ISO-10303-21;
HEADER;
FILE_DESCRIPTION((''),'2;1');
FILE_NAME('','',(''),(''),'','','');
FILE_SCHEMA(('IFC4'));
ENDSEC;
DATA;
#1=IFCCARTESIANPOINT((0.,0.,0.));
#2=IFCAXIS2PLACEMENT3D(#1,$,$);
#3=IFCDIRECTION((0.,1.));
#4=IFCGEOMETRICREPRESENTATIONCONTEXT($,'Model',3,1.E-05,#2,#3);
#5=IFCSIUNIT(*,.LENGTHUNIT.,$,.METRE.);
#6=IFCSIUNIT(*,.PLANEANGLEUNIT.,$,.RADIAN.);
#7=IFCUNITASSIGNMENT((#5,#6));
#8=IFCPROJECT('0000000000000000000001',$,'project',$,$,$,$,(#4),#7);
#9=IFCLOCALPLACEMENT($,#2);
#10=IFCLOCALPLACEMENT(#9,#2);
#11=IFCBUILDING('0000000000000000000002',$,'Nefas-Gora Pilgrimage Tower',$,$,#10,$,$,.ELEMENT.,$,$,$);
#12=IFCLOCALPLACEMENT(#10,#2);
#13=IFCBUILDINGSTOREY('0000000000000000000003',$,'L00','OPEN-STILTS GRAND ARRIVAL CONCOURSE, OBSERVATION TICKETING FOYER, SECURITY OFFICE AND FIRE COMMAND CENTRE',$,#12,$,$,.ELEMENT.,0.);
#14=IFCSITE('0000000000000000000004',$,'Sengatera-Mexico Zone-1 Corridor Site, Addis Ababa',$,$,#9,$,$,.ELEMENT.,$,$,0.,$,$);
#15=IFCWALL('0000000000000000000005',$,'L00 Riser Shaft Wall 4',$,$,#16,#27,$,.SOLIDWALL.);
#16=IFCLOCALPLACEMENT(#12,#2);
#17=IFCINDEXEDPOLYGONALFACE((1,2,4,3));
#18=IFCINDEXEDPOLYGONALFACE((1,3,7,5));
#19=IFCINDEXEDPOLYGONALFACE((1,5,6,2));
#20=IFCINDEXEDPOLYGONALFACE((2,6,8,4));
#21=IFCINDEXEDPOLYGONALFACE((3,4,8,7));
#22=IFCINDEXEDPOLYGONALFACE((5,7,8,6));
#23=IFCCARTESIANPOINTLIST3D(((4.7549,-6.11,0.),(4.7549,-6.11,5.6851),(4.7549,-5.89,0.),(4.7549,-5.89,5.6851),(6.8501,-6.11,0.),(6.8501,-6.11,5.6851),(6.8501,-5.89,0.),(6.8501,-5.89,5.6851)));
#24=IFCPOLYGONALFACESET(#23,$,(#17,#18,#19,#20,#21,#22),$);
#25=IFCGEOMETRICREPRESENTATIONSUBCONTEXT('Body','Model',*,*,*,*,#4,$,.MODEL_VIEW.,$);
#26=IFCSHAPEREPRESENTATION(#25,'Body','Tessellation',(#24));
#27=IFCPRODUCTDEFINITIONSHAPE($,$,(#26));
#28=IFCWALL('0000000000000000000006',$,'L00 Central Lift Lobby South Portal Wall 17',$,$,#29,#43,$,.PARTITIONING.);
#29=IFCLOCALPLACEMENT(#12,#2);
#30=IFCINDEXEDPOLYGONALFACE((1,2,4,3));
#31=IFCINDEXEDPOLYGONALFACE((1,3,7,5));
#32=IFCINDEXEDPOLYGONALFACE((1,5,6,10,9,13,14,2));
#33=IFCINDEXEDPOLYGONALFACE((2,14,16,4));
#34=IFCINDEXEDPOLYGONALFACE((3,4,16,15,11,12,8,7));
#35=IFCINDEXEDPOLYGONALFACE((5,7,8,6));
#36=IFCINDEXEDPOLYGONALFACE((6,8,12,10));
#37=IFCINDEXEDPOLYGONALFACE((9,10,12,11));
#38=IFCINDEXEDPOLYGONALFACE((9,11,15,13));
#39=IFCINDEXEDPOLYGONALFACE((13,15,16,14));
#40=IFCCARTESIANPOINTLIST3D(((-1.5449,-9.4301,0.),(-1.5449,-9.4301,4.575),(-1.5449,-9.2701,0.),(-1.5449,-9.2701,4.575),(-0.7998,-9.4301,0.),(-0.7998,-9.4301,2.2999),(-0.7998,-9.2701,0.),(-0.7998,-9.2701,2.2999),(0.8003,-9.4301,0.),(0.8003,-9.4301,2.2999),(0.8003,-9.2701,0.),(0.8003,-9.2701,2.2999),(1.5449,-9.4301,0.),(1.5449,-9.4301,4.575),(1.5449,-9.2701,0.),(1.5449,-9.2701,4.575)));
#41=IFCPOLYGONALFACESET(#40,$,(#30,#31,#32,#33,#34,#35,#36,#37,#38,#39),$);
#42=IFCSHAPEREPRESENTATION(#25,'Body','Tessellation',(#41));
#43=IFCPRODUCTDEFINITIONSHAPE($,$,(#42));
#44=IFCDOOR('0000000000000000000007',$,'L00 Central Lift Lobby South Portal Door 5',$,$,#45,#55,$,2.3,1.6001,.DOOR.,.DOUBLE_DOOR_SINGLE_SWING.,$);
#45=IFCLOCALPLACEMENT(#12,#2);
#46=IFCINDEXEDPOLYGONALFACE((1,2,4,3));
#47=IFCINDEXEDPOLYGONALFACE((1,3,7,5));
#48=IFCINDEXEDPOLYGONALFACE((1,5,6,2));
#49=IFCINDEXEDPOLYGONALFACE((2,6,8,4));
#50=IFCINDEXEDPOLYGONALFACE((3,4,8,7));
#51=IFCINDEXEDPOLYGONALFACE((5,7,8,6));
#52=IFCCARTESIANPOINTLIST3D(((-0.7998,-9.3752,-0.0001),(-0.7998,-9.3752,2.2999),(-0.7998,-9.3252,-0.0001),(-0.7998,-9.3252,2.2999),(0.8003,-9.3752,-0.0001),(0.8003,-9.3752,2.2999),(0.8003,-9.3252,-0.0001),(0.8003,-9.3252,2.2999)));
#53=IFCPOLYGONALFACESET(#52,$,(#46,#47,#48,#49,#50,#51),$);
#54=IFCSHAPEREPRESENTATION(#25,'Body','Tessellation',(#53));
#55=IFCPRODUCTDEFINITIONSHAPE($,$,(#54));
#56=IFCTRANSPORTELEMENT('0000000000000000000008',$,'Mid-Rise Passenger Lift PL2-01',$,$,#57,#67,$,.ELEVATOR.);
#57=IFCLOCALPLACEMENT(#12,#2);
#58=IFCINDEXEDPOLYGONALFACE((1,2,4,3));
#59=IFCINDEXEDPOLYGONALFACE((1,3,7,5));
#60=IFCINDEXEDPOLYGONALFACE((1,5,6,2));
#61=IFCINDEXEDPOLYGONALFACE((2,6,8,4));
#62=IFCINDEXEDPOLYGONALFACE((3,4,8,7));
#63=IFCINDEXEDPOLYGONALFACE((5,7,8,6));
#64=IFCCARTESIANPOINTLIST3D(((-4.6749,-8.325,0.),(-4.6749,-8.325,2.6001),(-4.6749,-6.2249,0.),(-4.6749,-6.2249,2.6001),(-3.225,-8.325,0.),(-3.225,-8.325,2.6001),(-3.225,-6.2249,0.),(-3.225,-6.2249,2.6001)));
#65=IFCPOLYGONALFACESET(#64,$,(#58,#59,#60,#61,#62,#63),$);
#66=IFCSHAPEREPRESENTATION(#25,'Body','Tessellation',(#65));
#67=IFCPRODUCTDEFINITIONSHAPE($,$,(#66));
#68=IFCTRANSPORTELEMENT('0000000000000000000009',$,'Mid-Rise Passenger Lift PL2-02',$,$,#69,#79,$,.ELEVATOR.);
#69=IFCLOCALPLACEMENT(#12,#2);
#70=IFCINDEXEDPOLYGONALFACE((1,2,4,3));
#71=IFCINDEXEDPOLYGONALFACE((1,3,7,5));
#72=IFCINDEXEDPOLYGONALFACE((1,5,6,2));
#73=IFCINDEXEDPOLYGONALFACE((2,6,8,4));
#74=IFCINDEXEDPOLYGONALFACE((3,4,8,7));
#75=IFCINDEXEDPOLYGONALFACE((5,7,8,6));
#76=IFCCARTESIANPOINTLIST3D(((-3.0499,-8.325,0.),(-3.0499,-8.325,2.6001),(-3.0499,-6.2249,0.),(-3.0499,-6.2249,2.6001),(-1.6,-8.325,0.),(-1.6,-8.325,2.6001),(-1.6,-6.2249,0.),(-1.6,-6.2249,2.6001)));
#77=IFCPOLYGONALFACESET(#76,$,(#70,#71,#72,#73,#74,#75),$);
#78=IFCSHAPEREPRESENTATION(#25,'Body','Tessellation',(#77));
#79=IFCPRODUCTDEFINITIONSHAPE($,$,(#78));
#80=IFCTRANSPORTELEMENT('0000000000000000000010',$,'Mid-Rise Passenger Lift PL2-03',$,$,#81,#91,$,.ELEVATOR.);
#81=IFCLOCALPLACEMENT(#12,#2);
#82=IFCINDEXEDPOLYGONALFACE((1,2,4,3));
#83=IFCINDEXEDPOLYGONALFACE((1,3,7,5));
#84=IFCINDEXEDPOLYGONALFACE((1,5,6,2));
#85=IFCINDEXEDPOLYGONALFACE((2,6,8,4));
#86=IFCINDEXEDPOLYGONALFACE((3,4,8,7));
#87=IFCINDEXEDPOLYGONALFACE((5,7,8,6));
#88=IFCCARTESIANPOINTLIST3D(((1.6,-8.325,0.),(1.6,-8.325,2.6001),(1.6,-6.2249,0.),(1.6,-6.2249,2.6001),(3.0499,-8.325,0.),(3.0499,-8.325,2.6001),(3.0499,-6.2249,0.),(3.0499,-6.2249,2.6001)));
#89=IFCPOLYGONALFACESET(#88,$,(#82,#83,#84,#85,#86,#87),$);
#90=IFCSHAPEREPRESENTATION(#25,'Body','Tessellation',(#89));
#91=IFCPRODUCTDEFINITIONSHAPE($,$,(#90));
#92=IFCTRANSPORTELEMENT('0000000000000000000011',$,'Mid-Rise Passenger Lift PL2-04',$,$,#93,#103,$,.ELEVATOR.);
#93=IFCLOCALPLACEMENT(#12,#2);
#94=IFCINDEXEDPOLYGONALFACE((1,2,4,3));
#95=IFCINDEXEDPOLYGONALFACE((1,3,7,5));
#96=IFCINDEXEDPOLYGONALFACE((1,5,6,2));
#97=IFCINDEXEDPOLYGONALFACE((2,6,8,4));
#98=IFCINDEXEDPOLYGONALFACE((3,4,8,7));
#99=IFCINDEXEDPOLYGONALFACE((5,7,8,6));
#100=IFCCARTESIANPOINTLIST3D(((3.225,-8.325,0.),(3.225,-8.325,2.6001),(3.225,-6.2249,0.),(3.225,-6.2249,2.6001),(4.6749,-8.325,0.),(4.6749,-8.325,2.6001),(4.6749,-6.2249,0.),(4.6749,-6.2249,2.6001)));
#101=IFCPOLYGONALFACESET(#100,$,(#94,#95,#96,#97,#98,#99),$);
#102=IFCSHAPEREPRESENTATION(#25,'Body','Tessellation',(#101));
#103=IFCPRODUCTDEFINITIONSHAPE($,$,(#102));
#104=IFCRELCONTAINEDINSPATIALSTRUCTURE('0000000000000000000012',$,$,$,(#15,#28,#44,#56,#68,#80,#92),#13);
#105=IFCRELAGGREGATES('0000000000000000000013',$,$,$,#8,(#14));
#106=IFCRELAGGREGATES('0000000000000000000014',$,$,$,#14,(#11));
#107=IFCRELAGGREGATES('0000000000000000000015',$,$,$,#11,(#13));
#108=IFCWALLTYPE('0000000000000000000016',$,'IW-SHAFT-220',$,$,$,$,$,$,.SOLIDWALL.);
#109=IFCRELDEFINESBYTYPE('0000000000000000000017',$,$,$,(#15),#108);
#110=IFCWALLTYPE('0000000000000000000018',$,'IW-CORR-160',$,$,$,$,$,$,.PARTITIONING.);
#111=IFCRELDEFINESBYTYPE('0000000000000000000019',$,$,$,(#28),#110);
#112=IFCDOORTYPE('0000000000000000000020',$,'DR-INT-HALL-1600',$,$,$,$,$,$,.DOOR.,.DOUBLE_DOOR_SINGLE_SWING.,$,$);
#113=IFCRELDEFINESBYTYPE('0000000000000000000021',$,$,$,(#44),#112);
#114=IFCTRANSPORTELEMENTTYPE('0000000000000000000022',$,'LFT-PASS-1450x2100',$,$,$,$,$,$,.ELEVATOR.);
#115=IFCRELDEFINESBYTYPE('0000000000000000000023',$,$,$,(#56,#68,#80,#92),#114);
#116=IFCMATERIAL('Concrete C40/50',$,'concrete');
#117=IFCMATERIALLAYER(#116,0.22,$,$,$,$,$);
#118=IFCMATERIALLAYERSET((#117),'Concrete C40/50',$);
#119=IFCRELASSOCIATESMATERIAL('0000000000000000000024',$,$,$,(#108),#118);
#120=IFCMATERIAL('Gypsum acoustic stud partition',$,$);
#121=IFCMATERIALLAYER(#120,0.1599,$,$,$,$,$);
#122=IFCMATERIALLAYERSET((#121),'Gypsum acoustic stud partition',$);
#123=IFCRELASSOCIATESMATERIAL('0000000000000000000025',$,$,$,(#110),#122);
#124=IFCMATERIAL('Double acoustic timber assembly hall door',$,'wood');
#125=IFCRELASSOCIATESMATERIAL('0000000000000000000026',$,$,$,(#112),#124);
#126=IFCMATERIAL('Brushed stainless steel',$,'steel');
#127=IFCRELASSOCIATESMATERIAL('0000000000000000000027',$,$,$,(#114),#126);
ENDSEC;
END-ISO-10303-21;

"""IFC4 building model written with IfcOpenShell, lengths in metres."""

from ifc_helpers import new_model, si_unit, direction, frame, frame_2d, origin, origin_2d, place, context, subcontext, project, spatial, rectangle, extrude, source, transform, mapped, material, layer, layer_set, type_object, element, fill, save


model = new_model("IFC4")

# Units and contexts
model_context = context("Model", 3, precision=1e-05, world=origin(), true_north=direction((0.0, 1.0)))
body_context = subcontext(model_context, "Body", "Model", "MODEL_VIEW")
ifc_project = project(units=[si_unit("LENGTHUNIT", "METRE"), si_unit("PLANEANGLEUNIT", "RADIAN")], contexts=[model_context])

# Site, building, storey
site_placement = place(None, origin())
site = spatial("IfcSite", under=ifc_project, at=site_placement, Name="Sengatera-Mexico Zone-1 Corridor Site, Addis Ababa", CompositionType="ELEMENT", RefElevation=0.0)
building_placement = place(site_placement, origin())
building = spatial("IfcBuilding", under=site, at=building_placement, Name="Nefas-Gora Pilgrimage Tower", CompositionType="ELEMENT")
storey_placement = place(building_placement, origin())
storey = spatial("IfcBuildingStorey", under=building, at=storey_placement, Name="L00", Description="OPEN-STILTS GRAND ARRIVAL CONCOURSE, OBSERVATION TICKETING FOYER, SECURITY OFFICE AND FIRE COMMAND CENTRE", CompositionType="ELEMENT", Elevation=0.0)

# Shared definitions
ifc_material_1 = material(Name="Concrete C40/50", Category="concrete")
ifc_layer_1 = layer(ifc_material_1, 0.22)
ifc_layer_set_1 = layer_set([ifc_layer_1], Name="Concrete C40/50")
wall_type_1 = type_object("IfcWallType", Name="IW-SHAFT-220", PredefinedType="SOLIDWALL", material=ifc_layer_set_1)

# Wall
shared_shape_1 = source(origin(), body_context, "Body", "SweptSolid", [
    extrude(rectangle(XDim=2.0952, YDim=0.22, at=frame_2d((1.0476, 0.0))), origin(), (0.0, 0.0, 1.0), 5.6851),
])
wall_1_placement = place(storey_placement, frame((4.7549, -6.0, 0.0), z_axis=(0.0, 0.0, 1.0), x_axis=(1.0, 0.0, 0.0)))
element("IfcWall", 1, at=wall_1_placement, inside=storey, type_object=wall_type_1, Name="L00 Riser Shaft Wall 4", PredefinedType="SOLIDWALL", context=body_context, shape_type="MappedRepresentation", body=[
    mapped(shared_shape_1, transform((0.0, 0.0, 0.0), x_axis=(1.0, 0.0, 0.0), y_axis=(0.0, 1.0, 0.0), z_axis=(0.0, 0.0, 1.0), scale=1.0)),
])

# Wall, opening, door
ifc_material_2 = material(Name="Gypsum acoustic stud partition")
ifc_layer_2 = layer(ifc_material_2, 0.1599)
ifc_layer_set_2 = layer_set([ifc_layer_2], Name="Gypsum acoustic stud partition")
wall_type_2 = type_object("IfcWallType", Name="IW-CORR-160", PredefinedType="PARTITIONING", material=ifc_layer_set_2)
shared_shape_2 = source(origin(), body_context, "Body", "SweptSolid", [
    extrude(rectangle(XDim=3.0898, YDim=0.1599, at=frame_2d((1.5449, 0.0))), origin(), (0.0, 0.0, 1.0), 4.575),
])
wall_2_placement = place(storey_placement, frame((-1.5449, -9.3501, 0.0), z_axis=(0.0, 0.0, 1.0), x_axis=(1.0, 0.0, 0.0)))
wall_2 = element("IfcWall", 2, at=wall_2_placement, inside=storey, type_object=wall_type_2, Name="L00 Central Lift Lobby South Portal Wall 17", PredefinedType="PARTITIONING", context=body_context, shape_type="MappedRepresentation", body=[
    mapped(shared_shape_2, transform((0.0, 0.0, 0.0), x_axis=(1.0, 0.0, 0.0), y_axis=(0.0, 1.0, 0.0), z_axis=(0.0, 0.0, 1.0), scale=1.0)),
])
opening_1_placement = place(wall_2_placement, frame((0.7451, 0.0, 0.0)))
opening_1 = element("IfcOpeningElement", 3, at=opening_1_placement, cuts=wall_2, PredefinedType="OPENING", context=body_context, shape_type="SweptSolid", body=[
    extrude(rectangle(XDim=1.6001, YDim=2.3, at=frame_2d((0.8, 1.1499))), frame((0.0, 0.0898, 0.0), z_axis=(0.0, -1.0, 0.0), x_axis=(1.0, 0.0, 0.0)), (0.0, 0.0, 1.0), 0.1799),
])
ifc_material_3 = material(Name="Double acoustic timber assembly hall door", Category="wood")
door_type_1 = type_object("IfcDoorType", Name="DR-INT-HALL-1600", OperationType="DOUBLE_DOOR_SINGLE_SWING", PredefinedType="DOOR", material=ifc_material_3)
shared_shape_3 = source(origin(), body_context, "Body", "SweptSolid", [
    extrude(rectangle(XDim=1.6001, YDim=2.3, at=frame_2d((0.8, 1.1499))), frame((0.0, 0.0249, 0.0), z_axis=(0.0, -1.0, 0.0), x_axis=(1.0, 0.0, 0.0)), (0.0, 0.0, 1.0), 0.05),
])
door_1_placement = place(opening_1_placement, origin())
door_1 = element("IfcDoor", 4, at=door_1_placement, inside=storey, type_object=door_type_1, Name="L00 Central Lift Lobby South Portal Door 5", OperationType="DOUBLE_DOOR_SINGLE_SWING", OverallHeight=2.3, OverallWidth=1.6001, PredefinedType="DOOR", context=body_context, shape_type="MappedRepresentation", body=[
    mapped(shared_shape_3, transform((0.0, 0.0, 0.0), x_axis=(1.0, 0.0, 0.0), y_axis=(0.0, 1.0, 0.0), z_axis=(0.0, 0.0, 1.0), scale=1.0)),
])
fill(opening_1, door_1)

# Transport elements
ifc_material_4 = material(Name="Brushed stainless steel", Category="steel")
transport_element_type = type_object("IfcTransportElementType", Name="LFT-PASS-1450x2100", PredefinedType="ELEVATOR", material=ifc_material_4)
shared_shape_4 = source(origin(), body_context, "Body", "SweptSolid", [
    extrude(rectangle(XDim=1.45, YDim=2.1001, at=origin_2d()), origin(), (0.0, 0.0, 1.0), 2.6001),
])
for number, where, z_axis, x_axis, name in (
    (5, (-3.95, -7.2749, 0.0), (0.0, 0.0, 1.0), (1.0, 0.0, 0.0), "Mid-Rise Passenger Lift PL2-01"),
    (6, (-2.325, -7.2749, 0.0), (0.0, 0.0, 1.0), (1.0, 0.0, 0.0), "Mid-Rise Passenger Lift PL2-02"),
    (7, (2.325, -7.2749, 0.0), (0.0, 0.0, 1.0), (1.0, 0.0, 0.0), "Mid-Rise Passenger Lift PL2-03"),
    (8, (3.95, -7.2749, 0.0), (0.0, 0.0, 1.0), (1.0, 0.0, 0.0), "Mid-Rise Passenger Lift PL2-04"),
):
    element("IfcTransportElement", number, at=place(storey_placement, frame(where, z_axis=z_axis, x_axis=x_axis)), inside=storey, type_object=transport_element_type, Name=name, PredefinedType="ELEVATOR", context=body_context, shape_type="MappedRepresentation", body=[
        mapped(shared_shape_4, transform((0.0, 0.0, 0.0), x_axis=(1.0, 0.0, 0.0), y_axis=(0.0, 1.0, 0.0), z_axis=(0.0, 0.0, 1.0), scale=1.0)),
    ])

save(model, "model.ifc")
